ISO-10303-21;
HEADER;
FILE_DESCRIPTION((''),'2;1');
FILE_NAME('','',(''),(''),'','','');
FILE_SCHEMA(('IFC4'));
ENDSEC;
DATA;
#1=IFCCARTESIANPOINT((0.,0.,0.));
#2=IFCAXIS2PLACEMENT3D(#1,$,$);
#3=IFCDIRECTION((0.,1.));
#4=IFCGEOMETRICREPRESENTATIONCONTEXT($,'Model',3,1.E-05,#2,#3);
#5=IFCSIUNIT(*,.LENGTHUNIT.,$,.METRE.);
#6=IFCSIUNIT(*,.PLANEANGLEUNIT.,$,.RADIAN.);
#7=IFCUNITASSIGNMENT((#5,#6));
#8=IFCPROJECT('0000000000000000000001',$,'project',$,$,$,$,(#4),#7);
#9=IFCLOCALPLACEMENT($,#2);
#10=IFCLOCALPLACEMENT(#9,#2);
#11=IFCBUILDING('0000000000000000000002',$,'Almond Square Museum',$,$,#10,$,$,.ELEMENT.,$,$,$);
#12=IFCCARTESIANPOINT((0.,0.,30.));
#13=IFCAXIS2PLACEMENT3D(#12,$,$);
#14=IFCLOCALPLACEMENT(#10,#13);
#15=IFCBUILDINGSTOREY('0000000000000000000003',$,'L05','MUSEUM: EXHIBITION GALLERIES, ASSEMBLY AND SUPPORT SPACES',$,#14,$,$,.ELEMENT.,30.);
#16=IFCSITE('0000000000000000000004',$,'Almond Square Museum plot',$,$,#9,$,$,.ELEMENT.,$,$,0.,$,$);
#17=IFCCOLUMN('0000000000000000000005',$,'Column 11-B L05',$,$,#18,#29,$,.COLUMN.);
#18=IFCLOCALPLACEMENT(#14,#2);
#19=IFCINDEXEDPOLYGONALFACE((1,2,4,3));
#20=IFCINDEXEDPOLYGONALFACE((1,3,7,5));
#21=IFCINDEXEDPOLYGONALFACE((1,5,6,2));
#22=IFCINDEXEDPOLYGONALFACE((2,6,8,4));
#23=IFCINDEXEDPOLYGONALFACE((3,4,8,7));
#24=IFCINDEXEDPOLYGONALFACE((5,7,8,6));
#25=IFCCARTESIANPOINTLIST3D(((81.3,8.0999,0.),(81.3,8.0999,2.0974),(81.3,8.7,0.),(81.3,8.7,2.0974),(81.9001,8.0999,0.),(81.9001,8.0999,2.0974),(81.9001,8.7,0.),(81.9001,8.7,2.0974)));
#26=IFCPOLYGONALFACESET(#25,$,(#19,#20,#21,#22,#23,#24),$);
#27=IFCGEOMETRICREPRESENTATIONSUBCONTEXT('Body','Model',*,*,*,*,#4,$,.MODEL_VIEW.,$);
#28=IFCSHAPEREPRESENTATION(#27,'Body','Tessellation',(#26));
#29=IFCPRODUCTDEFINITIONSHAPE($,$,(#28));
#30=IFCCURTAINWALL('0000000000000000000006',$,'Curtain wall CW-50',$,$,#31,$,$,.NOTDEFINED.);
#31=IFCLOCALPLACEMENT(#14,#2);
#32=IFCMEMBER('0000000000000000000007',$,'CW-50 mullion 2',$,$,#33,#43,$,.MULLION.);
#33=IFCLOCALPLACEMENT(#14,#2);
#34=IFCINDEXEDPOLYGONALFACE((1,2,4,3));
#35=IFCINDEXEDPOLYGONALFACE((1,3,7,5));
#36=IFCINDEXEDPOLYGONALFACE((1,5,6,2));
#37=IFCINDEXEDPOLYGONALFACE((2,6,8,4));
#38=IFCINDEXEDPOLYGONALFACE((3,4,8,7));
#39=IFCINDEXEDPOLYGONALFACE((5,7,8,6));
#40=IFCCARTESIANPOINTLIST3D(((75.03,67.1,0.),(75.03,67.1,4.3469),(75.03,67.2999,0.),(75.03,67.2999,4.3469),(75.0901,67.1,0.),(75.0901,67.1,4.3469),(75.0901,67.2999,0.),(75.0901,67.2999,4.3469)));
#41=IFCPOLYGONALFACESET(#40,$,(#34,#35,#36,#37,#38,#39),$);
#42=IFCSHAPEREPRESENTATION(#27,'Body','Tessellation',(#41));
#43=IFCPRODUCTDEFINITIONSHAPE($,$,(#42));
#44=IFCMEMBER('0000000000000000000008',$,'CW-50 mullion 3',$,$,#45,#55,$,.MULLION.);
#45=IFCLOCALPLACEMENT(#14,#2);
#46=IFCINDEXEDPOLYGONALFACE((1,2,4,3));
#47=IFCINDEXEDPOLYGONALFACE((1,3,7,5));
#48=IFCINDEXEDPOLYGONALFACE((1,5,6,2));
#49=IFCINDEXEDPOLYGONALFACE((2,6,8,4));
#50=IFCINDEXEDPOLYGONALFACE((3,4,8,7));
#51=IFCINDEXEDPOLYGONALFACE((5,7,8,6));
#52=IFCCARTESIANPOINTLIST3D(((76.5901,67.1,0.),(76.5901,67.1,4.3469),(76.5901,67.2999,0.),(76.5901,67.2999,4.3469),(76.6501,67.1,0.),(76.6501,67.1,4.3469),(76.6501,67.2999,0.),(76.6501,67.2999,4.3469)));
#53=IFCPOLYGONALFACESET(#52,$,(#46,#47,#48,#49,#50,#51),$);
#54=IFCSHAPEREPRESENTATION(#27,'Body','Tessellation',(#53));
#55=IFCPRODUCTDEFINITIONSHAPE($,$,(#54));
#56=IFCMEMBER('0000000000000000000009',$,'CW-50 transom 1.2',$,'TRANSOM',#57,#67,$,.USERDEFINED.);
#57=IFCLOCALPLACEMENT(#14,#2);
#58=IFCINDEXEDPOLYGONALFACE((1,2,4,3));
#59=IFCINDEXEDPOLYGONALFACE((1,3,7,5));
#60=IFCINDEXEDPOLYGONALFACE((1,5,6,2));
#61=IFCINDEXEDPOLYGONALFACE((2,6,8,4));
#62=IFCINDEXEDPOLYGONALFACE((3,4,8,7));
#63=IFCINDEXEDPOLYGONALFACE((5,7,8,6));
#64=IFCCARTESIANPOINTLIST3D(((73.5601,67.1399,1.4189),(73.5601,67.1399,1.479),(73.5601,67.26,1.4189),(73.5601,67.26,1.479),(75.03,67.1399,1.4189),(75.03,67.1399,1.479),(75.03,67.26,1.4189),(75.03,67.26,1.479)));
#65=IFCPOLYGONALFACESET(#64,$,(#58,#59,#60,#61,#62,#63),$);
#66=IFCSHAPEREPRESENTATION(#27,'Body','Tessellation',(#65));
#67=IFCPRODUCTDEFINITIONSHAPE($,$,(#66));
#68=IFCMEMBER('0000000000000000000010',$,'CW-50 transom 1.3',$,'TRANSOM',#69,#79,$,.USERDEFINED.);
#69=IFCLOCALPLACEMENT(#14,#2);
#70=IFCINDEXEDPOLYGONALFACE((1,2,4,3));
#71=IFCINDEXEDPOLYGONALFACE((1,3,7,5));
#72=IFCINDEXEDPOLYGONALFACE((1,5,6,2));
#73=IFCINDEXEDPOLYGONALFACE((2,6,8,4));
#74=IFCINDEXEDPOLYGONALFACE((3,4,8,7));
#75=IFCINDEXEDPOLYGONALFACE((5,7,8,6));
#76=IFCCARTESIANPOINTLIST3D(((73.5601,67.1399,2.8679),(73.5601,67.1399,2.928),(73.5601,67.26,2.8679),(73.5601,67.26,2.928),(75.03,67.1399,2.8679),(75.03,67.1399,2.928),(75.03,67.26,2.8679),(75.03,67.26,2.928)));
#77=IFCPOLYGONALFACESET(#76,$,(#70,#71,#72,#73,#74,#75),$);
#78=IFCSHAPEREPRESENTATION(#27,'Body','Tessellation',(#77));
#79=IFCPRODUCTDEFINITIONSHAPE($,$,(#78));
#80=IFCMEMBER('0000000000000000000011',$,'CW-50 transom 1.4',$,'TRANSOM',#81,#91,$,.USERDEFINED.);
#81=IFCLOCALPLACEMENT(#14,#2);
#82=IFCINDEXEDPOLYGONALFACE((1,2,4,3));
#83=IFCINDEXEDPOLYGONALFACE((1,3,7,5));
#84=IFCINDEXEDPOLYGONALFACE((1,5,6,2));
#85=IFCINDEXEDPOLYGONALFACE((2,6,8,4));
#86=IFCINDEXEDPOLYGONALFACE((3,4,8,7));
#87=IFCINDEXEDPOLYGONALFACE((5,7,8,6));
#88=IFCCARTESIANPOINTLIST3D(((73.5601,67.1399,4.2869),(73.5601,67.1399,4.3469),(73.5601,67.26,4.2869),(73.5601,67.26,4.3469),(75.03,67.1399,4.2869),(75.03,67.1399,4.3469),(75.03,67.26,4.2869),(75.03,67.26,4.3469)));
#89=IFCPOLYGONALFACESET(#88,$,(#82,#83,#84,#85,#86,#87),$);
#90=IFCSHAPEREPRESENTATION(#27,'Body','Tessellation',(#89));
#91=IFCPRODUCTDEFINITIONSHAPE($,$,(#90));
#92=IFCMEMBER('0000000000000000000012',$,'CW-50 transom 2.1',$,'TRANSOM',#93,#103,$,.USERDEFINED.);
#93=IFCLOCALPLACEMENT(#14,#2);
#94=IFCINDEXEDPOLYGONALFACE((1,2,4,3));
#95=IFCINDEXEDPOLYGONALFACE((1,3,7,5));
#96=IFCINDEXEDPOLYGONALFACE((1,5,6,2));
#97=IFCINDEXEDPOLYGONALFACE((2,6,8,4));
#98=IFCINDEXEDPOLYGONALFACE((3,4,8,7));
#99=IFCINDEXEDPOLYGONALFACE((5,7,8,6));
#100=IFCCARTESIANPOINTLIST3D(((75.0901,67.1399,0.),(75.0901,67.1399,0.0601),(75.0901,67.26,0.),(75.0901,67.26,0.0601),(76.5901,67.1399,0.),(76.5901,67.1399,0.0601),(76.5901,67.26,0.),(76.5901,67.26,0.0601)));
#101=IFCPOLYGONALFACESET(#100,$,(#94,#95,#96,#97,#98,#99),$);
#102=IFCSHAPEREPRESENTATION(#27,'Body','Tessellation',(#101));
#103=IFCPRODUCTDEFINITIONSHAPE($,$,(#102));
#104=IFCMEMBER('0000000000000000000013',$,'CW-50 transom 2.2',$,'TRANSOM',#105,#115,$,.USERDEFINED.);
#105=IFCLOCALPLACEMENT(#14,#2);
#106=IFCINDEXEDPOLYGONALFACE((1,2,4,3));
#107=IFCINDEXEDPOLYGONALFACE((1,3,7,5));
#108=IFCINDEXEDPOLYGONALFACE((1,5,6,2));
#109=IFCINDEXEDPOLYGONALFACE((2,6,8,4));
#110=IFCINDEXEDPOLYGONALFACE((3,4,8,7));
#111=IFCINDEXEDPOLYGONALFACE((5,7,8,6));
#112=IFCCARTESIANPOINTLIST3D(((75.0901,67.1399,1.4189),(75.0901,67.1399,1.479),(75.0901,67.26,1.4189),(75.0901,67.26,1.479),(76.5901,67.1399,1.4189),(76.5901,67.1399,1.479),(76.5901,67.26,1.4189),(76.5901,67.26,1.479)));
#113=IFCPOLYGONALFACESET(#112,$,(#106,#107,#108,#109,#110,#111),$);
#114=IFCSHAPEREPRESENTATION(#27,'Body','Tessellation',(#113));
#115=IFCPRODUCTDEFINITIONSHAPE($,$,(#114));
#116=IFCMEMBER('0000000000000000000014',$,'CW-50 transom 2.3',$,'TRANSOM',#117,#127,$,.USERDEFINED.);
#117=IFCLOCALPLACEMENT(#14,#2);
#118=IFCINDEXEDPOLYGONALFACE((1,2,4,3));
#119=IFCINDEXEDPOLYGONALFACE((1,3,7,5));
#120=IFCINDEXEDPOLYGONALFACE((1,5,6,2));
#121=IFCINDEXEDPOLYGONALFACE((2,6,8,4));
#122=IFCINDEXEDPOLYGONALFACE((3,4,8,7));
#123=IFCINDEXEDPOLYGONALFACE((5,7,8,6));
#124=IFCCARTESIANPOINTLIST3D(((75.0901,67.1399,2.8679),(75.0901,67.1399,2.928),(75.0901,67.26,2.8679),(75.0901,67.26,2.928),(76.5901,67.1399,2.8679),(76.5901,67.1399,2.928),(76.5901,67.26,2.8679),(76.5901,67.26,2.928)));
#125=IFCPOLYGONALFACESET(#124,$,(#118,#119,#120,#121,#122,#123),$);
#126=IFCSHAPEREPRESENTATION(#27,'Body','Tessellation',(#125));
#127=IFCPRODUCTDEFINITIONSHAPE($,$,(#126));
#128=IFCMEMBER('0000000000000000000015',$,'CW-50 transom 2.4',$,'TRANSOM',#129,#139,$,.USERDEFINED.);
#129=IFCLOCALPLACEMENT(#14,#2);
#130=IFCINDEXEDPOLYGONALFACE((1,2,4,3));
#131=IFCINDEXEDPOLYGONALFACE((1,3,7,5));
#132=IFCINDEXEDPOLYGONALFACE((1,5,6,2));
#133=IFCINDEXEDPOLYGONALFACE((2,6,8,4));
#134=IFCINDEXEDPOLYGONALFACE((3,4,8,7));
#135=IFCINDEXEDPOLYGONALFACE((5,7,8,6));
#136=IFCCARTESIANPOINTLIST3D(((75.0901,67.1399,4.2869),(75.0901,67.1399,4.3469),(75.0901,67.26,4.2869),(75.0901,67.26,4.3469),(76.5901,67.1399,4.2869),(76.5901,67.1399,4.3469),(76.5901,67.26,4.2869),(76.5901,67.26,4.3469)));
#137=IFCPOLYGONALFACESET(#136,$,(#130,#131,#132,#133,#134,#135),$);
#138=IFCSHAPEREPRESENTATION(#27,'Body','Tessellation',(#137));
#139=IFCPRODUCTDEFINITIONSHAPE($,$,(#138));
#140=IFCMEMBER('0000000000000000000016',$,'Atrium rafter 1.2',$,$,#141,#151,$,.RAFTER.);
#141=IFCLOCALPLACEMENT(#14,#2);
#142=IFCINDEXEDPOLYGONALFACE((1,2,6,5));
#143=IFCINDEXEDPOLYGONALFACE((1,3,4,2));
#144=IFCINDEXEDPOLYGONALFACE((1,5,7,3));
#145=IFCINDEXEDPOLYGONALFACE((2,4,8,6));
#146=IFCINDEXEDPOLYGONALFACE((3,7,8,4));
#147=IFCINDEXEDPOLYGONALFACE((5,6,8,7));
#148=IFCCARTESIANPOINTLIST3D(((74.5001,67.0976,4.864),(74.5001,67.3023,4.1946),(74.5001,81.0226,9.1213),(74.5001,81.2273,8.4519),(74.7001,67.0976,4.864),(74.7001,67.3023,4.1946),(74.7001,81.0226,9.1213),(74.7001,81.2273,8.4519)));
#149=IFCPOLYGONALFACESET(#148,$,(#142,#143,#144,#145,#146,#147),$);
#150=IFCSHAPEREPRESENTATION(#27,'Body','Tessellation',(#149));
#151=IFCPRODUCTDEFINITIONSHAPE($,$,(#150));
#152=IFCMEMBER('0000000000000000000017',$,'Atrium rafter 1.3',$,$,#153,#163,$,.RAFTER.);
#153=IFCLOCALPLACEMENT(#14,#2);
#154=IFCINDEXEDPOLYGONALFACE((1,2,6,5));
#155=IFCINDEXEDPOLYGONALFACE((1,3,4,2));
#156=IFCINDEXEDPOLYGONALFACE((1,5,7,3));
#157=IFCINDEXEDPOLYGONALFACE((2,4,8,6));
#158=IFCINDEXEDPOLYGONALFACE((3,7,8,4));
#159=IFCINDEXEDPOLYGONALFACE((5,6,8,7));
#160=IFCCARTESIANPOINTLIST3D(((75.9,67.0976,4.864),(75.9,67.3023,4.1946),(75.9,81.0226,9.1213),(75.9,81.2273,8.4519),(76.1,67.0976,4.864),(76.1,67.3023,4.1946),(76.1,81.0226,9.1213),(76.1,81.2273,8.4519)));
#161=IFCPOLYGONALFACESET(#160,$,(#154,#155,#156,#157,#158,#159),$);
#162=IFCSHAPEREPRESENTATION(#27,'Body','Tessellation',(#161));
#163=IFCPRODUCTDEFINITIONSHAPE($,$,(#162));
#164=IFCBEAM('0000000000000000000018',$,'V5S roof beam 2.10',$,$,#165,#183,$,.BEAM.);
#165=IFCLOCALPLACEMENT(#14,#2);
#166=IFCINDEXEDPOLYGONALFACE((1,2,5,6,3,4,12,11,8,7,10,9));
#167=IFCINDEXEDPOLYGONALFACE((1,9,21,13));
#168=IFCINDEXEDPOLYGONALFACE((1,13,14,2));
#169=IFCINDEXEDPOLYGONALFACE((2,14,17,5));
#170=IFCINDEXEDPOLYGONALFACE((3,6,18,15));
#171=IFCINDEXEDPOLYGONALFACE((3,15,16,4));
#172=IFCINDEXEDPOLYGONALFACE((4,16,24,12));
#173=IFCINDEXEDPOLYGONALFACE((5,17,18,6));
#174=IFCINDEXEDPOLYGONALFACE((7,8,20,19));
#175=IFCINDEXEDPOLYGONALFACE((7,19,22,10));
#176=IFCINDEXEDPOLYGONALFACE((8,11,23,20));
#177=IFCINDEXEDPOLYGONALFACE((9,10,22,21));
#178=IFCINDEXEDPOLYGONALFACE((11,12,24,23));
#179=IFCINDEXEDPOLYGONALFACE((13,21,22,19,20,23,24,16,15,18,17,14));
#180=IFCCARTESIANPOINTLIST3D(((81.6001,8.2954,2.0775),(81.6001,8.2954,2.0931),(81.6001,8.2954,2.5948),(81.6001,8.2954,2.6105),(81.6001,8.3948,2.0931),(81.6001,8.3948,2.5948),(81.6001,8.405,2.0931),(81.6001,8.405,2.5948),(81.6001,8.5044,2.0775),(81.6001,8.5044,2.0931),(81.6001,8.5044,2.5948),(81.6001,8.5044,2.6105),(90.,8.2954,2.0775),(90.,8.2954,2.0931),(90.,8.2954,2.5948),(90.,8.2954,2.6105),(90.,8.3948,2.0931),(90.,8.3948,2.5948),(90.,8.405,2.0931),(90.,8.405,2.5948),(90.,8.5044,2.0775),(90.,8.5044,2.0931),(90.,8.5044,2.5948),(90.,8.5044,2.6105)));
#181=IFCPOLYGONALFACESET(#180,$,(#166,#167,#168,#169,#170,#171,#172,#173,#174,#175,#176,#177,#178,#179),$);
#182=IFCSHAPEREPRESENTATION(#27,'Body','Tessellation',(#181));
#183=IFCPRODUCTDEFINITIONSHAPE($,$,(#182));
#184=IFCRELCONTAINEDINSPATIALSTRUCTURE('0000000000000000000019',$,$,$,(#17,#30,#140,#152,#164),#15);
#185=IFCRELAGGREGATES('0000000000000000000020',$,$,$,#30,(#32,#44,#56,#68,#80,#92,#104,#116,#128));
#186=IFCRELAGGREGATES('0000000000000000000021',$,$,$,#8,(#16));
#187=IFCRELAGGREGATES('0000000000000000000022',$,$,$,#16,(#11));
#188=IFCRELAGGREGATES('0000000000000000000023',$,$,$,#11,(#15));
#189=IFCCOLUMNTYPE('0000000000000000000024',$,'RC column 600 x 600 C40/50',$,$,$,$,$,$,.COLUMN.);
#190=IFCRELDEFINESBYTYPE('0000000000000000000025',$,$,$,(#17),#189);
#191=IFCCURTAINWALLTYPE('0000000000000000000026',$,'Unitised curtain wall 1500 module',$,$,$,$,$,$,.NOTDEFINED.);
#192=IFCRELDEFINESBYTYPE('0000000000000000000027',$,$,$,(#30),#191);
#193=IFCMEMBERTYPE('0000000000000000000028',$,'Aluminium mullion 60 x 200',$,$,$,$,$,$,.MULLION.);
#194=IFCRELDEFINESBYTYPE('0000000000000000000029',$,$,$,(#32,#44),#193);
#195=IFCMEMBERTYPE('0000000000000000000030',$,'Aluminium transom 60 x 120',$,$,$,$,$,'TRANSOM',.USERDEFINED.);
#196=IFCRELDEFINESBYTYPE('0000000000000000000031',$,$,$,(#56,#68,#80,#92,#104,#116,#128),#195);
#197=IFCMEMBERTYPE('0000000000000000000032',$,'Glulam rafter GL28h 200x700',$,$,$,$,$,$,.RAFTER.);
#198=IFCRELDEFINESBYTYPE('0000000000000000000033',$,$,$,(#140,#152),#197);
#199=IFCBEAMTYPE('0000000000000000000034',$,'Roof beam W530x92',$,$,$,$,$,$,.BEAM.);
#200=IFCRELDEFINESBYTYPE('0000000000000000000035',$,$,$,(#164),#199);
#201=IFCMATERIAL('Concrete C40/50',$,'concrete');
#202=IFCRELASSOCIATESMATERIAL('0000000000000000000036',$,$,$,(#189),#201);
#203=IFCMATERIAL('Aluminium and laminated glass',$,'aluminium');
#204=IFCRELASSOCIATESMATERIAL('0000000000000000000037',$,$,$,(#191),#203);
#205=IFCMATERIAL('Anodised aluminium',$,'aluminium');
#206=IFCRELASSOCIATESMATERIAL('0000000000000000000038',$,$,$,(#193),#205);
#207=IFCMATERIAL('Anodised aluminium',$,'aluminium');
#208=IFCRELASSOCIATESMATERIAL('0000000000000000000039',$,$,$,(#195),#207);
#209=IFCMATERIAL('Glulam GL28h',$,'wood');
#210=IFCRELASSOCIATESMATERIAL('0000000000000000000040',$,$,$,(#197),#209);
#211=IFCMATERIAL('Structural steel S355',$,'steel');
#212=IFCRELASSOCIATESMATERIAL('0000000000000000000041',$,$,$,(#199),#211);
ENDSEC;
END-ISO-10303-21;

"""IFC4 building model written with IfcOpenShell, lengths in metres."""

from ifc_helpers import new_model, si_unit, direction, frame, origin, origin_2d, place, context, subcontext, project, spatial, rectangle, i_section, extrude, material, material_profile, profile_set, type_object, element, aggregate, save


model = new_model("IFC4")

# Units and contexts
model_context = context("Model", 3, precision=1e-05, world=origin(), true_north=direction((0.0, 1.0)))
body_context = subcontext(model_context, "Body", "Model", "MODEL_VIEW")
ifc_project = project(units=[si_unit("LENGTHUNIT", "METRE"), si_unit("PLANEANGLEUNIT", "RADIAN")], contexts=[model_context])

# Site, building, storey
site_placement = place(None, origin())
site = spatial("IfcSite", under=ifc_project, at=site_placement, Name="Almond Square Museum plot", CompositionType="ELEMENT", RefElevation=0.0)
building_placement = place(site_placement, origin())
building = spatial("IfcBuilding", under=site, at=building_placement, Name="Almond Square Museum", CompositionType="ELEMENT")
storey_placement = place(building_placement, frame((0.0, 0.0, 30.0)))
storey = spatial("IfcBuildingStorey", under=building, at=storey_placement, Name="L05", Description="MUSEUM: EXHIBITION GALLERIES, ASSEMBLY AND SUPPORT SPACES", CompositionType="ELEMENT", Elevation=30.0)

# Column
ifc_material_1 = material(Name="Concrete C40/50", Category="concrete")
ifc_material_profile_1 = material_profile(ifc_material_1, rectangle(XDim=0.6001, YDim=0.6001, at=origin_2d()))
ifc_profile_set_1 = profile_set([ifc_material_profile_1], Name="Concrete C40/50")
column_type = type_object("IfcColumnType", Name="RC column 600 x 600 C40/50", PredefinedType="COLUMN", material=ifc_profile_set_1)
column_placement = place(storey_placement, frame((81.6001, 8.3999, 0.0), z_axis=(0.0, 0.0, 1.0), x_axis=(1.0, 0.0, 0.0)))
element("IfcColumn", 1, at=column_placement, inside=storey, type_object=column_type, Name="Column 11-B L05", PredefinedType="COLUMN", context=body_context, shape_type="SweptSolid", body=[
    extrude(rectangle(XDim=0.6001, YDim=0.6001, at=origin_2d()), origin(), (0.0, 0.0, 1.0), 2.0974),
])

# Curtain wall, members
ifc_material_2 = material(Name="Aluminium and laminated glass", Category="aluminium")
curtain_wall_type = type_object("IfcCurtainWallType", Name="Unitised curtain wall 1500 module", PredefinedType="NOTDEFINED", material=ifc_material_2)
curtain_wall_placement = place(storey_placement, origin())
curtain_wall = element("IfcCurtainWall", 2, at=curtain_wall_placement, inside=storey, type_object=curtain_wall_type, Name="Curtain wall CW-50", PredefinedType="NOTDEFINED")
ifc_material_3 = material(Name="Anodised aluminium", Category="aluminium")
ifc_material_profile_2 = material_profile(ifc_material_3, rectangle(XDim=0.2, YDim=0.0601, at=origin_2d()))
ifc_profile_set_2 = profile_set([ifc_material_profile_2], Name="Anodised aluminium")
member_type_1 = type_object("IfcMemberType", Name="Aluminium mullion 60 x 200", PredefinedType="MULLION", material=ifc_profile_set_2)
member_1_placement = place(storey_placement, frame((75.0601, 67.2, 0.0), z_axis=(0.0, 0.0, 1.0), x_axis=(0.0, 1.0, 0.0)))
member_1 = element("IfcMember", 3, at=member_1_placement, type_object=member_type_1, Name="CW-50 mullion 2", PredefinedType="MULLION", context=body_context, shape_type="SweptSolid", body=[
    extrude(rectangle(XDim=0.2, YDim=0.0601, at=origin_2d()), origin(), (0.0, 0.0, 1.0), 4.3469),
])
member_2_placement = place(storey_placement, frame((76.6201, 67.2, 0.0), z_axis=(0.0, 0.0, 1.0), x_axis=(0.0, 1.0, 0.0)))
member_2 = element("IfcMember", 4, at=member_2_placement, type_object=member_type_1, Name="CW-50 mullion 3", PredefinedType="MULLION", context=body_context, shape_type="SweptSolid", body=[
    extrude(rectangle(XDim=0.2, YDim=0.0601, at=origin_2d()), origin(), (0.0, 0.0, 1.0), 4.3469),
])
ifc_material_4 = material(Name="Anodised aluminium", Category="aluminium")
ifc_material_profile_3 = material_profile(ifc_material_4, rectangle(XDim=0.1201, YDim=0.0601, at=origin_2d()))
ifc_profile_set_3 = profile_set([ifc_material_profile_3], Name="Anodised aluminium")
member_type_2 = type_object("IfcMemberType", Name="Aluminium transom 60 x 120", ElementType="TRANSOM", PredefinedType="USERDEFINED", material=ifc_profile_set_3)
member_3_placement = place(storey_placement, frame((73.5601, 67.2, 1.449), z_axis=(1.0, 0.0, 0.0), x_axis=(0.0, 1.0, 0.0)))
member_3 = element("IfcMember", 5, at=member_3_placement, type_object=member_type_2, Name="CW-50 transom 1.2", ObjectType="TRANSOM", PredefinedType="USERDEFINED", context=body_context, shape_type="SweptSolid", body=[
    extrude(rectangle(XDim=0.1201, YDim=0.0601, at=origin_2d()), origin(), (0.0, 0.0, 1.0), 1.47),
])
member_4_placement = place(storey_placement, frame((73.5601, 67.2, 2.8979), z_axis=(1.0, 0.0, 0.0), x_axis=(0.0, 1.0, 0.0)))
member_4 = element("IfcMember", 6, at=member_4_placement, type_object=member_type_2, Name="CW-50 transom 1.3", ObjectType="TRANSOM", PredefinedType="USERDEFINED", context=body_context, shape_type="SweptSolid", body=[
    extrude(rectangle(XDim=0.1201, YDim=0.0601, at=origin_2d()), origin(), (0.0, 0.0, 1.0), 1.47),
])
member_5_placement = place(storey_placement, frame((73.5601, 67.2, 4.3169), z_axis=(1.0, 0.0, 0.0), x_axis=(0.0, 1.0, 0.0)))
member_5 = element("IfcMember", 7, at=member_5_placement, type_object=member_type_2, Name="CW-50 transom 1.4", ObjectType="TRANSOM", PredefinedType="USERDEFINED", context=body_context, shape_type="SweptSolid", body=[
    extrude(rectangle(XDim=0.1201, YDim=0.0601, at=origin_2d()), origin(), (0.0, 0.0, 1.0), 1.47),
])
member_6_placement = place(storey_placement, frame((75.0901, 67.2, 0.03), z_axis=(1.0, 0.0, 0.0), x_axis=(0.0, 1.0, 0.0)))
member_6 = element("IfcMember", 8, at=member_6_placement, type_object=member_type_2, Name="CW-50 transom 2.1", ObjectType="TRANSOM", PredefinedType="USERDEFINED", context=body_context, shape_type="SweptSolid", body=[
    extrude(rectangle(XDim=0.1201, YDim=0.0601, at=origin_2d()), origin(), (0.0, 0.0, 1.0), 1.5),
])
member_7_placement = place(storey_placement, frame((75.0901, 67.2, 1.449), z_axis=(1.0, 0.0, 0.0), x_axis=(0.0, 1.0, 0.0)))
member_7 = element("IfcMember", 9, at=member_7_placement, type_object=member_type_2, Name="CW-50 transom 2.2", ObjectType="TRANSOM", PredefinedType="USERDEFINED", context=body_context, shape_type="SweptSolid", body=[
    extrude(rectangle(XDim=0.1201, YDim=0.0601, at=origin_2d()), origin(), (0.0, 0.0, 1.0), 1.5),
])
member_8_placement = place(storey_placement, frame((75.0901, 67.2, 2.8979), z_axis=(1.0, 0.0, 0.0), x_axis=(0.0, 1.0, 0.0)))
member_8 = element("IfcMember", 10, at=member_8_placement, type_object=member_type_2, Name="CW-50 transom 2.3", ObjectType="TRANSOM", PredefinedType="USERDEFINED", context=body_context, shape_type="SweptSolid", body=[
    extrude(rectangle(XDim=0.1201, YDim=0.0601, at=origin_2d()), origin(), (0.0, 0.0, 1.0), 1.5),
])
member_9_placement = place(storey_placement, frame((75.0901, 67.2, 4.3169), z_axis=(1.0, 0.0, 0.0), x_axis=(0.0, 1.0, 0.0)))
member_9 = element("IfcMember", 11, at=member_9_placement, type_object=member_type_2, Name="CW-50 transom 2.4", ObjectType="TRANSOM", PredefinedType="USERDEFINED", context=body_context, shape_type="SweptSolid", body=[
    extrude(rectangle(XDim=0.1201, YDim=0.0601, at=origin_2d()), origin(), (0.0, 0.0, 1.0), 1.5),
])

# Members
ifc_material_5 = material(Name="Glulam GL28h", Category="wood")
ifc_material_profile_4 = material_profile(ifc_material_5, rectangle(XDim=0.2, YDim=0.7, at=origin_2d()))
ifc_profile_set_4 = profile_set([ifc_material_profile_4], Name="Glulam GL28h")
member_type_3 = type_object("IfcMemberType", Name="Glulam rafter GL28h 200x700", PredefinedType="RAFTER", material=ifc_profile_set_4)
for number, where, z_axis, x_axis, name in (
    (12, (74.6001, 67.2, 4.5293), (0.0, 0.956305, 0.292372), (-1.0, 0.0, 0.0), "Atrium rafter 1.2"),
    (13, (76.0, 67.2, 4.5293), (0.0, 0.956305, 0.292372), (-1.0, 0.0, 0.0), "Atrium rafter 1.3"),
):
    element("IfcMember", number, at=place(storey_placement, frame(where, z_axis=z_axis, x_axis=x_axis)), inside=storey, type_object=member_type_3, Name=name, PredefinedType="RAFTER", context=body_context, shape_type="SweptSolid", body=[
        extrude(rectangle(XDim=0.2, YDim=0.7, at=origin_2d()), origin(), (0.0, 0.0, 1.0), 14.5613),
    ])

# Beam
ifc_material_6 = material(Name="Structural steel S355", Category="steel")
ifc_material_profile_5 = material_profile(ifc_material_6, i_section(OverallWidth=0.209, OverallDepth=0.533, WebThickness=0.0103, FlangeThickness=0.0156, at=origin_2d()))
ifc_profile_set_5 = profile_set([ifc_material_profile_5], Name="Structural steel S355")
beam_type = type_object("IfcBeamType", Name="Roof beam W530x92", PredefinedType="BEAM", material=ifc_profile_set_5)
beam_placement = place(storey_placement, frame((81.6001, 8.3999, 2.344), z_axis=(1.0, 0.0, 0.0), x_axis=(0.0, 1.0, 0.0)))
element("IfcBeam", 14, at=beam_placement, inside=storey, type_object=beam_type, Name="V5S roof beam 2.10", PredefinedType="BEAM", context=body_context, shape_type="SweptSolid", body=[
    extrude(i_section(OverallWidth=0.209, OverallDepth=0.533, WebThickness=0.0103, FlangeThickness=0.0156, at=origin_2d()), origin(), (0.0, 0.0, 1.0), 8.3999),
])

aggregate(curtain_wall, [member_1, member_2, member_3, member_4, member_5, member_6, member_7, member_8, member_9])

save(model, "model.ifc")
